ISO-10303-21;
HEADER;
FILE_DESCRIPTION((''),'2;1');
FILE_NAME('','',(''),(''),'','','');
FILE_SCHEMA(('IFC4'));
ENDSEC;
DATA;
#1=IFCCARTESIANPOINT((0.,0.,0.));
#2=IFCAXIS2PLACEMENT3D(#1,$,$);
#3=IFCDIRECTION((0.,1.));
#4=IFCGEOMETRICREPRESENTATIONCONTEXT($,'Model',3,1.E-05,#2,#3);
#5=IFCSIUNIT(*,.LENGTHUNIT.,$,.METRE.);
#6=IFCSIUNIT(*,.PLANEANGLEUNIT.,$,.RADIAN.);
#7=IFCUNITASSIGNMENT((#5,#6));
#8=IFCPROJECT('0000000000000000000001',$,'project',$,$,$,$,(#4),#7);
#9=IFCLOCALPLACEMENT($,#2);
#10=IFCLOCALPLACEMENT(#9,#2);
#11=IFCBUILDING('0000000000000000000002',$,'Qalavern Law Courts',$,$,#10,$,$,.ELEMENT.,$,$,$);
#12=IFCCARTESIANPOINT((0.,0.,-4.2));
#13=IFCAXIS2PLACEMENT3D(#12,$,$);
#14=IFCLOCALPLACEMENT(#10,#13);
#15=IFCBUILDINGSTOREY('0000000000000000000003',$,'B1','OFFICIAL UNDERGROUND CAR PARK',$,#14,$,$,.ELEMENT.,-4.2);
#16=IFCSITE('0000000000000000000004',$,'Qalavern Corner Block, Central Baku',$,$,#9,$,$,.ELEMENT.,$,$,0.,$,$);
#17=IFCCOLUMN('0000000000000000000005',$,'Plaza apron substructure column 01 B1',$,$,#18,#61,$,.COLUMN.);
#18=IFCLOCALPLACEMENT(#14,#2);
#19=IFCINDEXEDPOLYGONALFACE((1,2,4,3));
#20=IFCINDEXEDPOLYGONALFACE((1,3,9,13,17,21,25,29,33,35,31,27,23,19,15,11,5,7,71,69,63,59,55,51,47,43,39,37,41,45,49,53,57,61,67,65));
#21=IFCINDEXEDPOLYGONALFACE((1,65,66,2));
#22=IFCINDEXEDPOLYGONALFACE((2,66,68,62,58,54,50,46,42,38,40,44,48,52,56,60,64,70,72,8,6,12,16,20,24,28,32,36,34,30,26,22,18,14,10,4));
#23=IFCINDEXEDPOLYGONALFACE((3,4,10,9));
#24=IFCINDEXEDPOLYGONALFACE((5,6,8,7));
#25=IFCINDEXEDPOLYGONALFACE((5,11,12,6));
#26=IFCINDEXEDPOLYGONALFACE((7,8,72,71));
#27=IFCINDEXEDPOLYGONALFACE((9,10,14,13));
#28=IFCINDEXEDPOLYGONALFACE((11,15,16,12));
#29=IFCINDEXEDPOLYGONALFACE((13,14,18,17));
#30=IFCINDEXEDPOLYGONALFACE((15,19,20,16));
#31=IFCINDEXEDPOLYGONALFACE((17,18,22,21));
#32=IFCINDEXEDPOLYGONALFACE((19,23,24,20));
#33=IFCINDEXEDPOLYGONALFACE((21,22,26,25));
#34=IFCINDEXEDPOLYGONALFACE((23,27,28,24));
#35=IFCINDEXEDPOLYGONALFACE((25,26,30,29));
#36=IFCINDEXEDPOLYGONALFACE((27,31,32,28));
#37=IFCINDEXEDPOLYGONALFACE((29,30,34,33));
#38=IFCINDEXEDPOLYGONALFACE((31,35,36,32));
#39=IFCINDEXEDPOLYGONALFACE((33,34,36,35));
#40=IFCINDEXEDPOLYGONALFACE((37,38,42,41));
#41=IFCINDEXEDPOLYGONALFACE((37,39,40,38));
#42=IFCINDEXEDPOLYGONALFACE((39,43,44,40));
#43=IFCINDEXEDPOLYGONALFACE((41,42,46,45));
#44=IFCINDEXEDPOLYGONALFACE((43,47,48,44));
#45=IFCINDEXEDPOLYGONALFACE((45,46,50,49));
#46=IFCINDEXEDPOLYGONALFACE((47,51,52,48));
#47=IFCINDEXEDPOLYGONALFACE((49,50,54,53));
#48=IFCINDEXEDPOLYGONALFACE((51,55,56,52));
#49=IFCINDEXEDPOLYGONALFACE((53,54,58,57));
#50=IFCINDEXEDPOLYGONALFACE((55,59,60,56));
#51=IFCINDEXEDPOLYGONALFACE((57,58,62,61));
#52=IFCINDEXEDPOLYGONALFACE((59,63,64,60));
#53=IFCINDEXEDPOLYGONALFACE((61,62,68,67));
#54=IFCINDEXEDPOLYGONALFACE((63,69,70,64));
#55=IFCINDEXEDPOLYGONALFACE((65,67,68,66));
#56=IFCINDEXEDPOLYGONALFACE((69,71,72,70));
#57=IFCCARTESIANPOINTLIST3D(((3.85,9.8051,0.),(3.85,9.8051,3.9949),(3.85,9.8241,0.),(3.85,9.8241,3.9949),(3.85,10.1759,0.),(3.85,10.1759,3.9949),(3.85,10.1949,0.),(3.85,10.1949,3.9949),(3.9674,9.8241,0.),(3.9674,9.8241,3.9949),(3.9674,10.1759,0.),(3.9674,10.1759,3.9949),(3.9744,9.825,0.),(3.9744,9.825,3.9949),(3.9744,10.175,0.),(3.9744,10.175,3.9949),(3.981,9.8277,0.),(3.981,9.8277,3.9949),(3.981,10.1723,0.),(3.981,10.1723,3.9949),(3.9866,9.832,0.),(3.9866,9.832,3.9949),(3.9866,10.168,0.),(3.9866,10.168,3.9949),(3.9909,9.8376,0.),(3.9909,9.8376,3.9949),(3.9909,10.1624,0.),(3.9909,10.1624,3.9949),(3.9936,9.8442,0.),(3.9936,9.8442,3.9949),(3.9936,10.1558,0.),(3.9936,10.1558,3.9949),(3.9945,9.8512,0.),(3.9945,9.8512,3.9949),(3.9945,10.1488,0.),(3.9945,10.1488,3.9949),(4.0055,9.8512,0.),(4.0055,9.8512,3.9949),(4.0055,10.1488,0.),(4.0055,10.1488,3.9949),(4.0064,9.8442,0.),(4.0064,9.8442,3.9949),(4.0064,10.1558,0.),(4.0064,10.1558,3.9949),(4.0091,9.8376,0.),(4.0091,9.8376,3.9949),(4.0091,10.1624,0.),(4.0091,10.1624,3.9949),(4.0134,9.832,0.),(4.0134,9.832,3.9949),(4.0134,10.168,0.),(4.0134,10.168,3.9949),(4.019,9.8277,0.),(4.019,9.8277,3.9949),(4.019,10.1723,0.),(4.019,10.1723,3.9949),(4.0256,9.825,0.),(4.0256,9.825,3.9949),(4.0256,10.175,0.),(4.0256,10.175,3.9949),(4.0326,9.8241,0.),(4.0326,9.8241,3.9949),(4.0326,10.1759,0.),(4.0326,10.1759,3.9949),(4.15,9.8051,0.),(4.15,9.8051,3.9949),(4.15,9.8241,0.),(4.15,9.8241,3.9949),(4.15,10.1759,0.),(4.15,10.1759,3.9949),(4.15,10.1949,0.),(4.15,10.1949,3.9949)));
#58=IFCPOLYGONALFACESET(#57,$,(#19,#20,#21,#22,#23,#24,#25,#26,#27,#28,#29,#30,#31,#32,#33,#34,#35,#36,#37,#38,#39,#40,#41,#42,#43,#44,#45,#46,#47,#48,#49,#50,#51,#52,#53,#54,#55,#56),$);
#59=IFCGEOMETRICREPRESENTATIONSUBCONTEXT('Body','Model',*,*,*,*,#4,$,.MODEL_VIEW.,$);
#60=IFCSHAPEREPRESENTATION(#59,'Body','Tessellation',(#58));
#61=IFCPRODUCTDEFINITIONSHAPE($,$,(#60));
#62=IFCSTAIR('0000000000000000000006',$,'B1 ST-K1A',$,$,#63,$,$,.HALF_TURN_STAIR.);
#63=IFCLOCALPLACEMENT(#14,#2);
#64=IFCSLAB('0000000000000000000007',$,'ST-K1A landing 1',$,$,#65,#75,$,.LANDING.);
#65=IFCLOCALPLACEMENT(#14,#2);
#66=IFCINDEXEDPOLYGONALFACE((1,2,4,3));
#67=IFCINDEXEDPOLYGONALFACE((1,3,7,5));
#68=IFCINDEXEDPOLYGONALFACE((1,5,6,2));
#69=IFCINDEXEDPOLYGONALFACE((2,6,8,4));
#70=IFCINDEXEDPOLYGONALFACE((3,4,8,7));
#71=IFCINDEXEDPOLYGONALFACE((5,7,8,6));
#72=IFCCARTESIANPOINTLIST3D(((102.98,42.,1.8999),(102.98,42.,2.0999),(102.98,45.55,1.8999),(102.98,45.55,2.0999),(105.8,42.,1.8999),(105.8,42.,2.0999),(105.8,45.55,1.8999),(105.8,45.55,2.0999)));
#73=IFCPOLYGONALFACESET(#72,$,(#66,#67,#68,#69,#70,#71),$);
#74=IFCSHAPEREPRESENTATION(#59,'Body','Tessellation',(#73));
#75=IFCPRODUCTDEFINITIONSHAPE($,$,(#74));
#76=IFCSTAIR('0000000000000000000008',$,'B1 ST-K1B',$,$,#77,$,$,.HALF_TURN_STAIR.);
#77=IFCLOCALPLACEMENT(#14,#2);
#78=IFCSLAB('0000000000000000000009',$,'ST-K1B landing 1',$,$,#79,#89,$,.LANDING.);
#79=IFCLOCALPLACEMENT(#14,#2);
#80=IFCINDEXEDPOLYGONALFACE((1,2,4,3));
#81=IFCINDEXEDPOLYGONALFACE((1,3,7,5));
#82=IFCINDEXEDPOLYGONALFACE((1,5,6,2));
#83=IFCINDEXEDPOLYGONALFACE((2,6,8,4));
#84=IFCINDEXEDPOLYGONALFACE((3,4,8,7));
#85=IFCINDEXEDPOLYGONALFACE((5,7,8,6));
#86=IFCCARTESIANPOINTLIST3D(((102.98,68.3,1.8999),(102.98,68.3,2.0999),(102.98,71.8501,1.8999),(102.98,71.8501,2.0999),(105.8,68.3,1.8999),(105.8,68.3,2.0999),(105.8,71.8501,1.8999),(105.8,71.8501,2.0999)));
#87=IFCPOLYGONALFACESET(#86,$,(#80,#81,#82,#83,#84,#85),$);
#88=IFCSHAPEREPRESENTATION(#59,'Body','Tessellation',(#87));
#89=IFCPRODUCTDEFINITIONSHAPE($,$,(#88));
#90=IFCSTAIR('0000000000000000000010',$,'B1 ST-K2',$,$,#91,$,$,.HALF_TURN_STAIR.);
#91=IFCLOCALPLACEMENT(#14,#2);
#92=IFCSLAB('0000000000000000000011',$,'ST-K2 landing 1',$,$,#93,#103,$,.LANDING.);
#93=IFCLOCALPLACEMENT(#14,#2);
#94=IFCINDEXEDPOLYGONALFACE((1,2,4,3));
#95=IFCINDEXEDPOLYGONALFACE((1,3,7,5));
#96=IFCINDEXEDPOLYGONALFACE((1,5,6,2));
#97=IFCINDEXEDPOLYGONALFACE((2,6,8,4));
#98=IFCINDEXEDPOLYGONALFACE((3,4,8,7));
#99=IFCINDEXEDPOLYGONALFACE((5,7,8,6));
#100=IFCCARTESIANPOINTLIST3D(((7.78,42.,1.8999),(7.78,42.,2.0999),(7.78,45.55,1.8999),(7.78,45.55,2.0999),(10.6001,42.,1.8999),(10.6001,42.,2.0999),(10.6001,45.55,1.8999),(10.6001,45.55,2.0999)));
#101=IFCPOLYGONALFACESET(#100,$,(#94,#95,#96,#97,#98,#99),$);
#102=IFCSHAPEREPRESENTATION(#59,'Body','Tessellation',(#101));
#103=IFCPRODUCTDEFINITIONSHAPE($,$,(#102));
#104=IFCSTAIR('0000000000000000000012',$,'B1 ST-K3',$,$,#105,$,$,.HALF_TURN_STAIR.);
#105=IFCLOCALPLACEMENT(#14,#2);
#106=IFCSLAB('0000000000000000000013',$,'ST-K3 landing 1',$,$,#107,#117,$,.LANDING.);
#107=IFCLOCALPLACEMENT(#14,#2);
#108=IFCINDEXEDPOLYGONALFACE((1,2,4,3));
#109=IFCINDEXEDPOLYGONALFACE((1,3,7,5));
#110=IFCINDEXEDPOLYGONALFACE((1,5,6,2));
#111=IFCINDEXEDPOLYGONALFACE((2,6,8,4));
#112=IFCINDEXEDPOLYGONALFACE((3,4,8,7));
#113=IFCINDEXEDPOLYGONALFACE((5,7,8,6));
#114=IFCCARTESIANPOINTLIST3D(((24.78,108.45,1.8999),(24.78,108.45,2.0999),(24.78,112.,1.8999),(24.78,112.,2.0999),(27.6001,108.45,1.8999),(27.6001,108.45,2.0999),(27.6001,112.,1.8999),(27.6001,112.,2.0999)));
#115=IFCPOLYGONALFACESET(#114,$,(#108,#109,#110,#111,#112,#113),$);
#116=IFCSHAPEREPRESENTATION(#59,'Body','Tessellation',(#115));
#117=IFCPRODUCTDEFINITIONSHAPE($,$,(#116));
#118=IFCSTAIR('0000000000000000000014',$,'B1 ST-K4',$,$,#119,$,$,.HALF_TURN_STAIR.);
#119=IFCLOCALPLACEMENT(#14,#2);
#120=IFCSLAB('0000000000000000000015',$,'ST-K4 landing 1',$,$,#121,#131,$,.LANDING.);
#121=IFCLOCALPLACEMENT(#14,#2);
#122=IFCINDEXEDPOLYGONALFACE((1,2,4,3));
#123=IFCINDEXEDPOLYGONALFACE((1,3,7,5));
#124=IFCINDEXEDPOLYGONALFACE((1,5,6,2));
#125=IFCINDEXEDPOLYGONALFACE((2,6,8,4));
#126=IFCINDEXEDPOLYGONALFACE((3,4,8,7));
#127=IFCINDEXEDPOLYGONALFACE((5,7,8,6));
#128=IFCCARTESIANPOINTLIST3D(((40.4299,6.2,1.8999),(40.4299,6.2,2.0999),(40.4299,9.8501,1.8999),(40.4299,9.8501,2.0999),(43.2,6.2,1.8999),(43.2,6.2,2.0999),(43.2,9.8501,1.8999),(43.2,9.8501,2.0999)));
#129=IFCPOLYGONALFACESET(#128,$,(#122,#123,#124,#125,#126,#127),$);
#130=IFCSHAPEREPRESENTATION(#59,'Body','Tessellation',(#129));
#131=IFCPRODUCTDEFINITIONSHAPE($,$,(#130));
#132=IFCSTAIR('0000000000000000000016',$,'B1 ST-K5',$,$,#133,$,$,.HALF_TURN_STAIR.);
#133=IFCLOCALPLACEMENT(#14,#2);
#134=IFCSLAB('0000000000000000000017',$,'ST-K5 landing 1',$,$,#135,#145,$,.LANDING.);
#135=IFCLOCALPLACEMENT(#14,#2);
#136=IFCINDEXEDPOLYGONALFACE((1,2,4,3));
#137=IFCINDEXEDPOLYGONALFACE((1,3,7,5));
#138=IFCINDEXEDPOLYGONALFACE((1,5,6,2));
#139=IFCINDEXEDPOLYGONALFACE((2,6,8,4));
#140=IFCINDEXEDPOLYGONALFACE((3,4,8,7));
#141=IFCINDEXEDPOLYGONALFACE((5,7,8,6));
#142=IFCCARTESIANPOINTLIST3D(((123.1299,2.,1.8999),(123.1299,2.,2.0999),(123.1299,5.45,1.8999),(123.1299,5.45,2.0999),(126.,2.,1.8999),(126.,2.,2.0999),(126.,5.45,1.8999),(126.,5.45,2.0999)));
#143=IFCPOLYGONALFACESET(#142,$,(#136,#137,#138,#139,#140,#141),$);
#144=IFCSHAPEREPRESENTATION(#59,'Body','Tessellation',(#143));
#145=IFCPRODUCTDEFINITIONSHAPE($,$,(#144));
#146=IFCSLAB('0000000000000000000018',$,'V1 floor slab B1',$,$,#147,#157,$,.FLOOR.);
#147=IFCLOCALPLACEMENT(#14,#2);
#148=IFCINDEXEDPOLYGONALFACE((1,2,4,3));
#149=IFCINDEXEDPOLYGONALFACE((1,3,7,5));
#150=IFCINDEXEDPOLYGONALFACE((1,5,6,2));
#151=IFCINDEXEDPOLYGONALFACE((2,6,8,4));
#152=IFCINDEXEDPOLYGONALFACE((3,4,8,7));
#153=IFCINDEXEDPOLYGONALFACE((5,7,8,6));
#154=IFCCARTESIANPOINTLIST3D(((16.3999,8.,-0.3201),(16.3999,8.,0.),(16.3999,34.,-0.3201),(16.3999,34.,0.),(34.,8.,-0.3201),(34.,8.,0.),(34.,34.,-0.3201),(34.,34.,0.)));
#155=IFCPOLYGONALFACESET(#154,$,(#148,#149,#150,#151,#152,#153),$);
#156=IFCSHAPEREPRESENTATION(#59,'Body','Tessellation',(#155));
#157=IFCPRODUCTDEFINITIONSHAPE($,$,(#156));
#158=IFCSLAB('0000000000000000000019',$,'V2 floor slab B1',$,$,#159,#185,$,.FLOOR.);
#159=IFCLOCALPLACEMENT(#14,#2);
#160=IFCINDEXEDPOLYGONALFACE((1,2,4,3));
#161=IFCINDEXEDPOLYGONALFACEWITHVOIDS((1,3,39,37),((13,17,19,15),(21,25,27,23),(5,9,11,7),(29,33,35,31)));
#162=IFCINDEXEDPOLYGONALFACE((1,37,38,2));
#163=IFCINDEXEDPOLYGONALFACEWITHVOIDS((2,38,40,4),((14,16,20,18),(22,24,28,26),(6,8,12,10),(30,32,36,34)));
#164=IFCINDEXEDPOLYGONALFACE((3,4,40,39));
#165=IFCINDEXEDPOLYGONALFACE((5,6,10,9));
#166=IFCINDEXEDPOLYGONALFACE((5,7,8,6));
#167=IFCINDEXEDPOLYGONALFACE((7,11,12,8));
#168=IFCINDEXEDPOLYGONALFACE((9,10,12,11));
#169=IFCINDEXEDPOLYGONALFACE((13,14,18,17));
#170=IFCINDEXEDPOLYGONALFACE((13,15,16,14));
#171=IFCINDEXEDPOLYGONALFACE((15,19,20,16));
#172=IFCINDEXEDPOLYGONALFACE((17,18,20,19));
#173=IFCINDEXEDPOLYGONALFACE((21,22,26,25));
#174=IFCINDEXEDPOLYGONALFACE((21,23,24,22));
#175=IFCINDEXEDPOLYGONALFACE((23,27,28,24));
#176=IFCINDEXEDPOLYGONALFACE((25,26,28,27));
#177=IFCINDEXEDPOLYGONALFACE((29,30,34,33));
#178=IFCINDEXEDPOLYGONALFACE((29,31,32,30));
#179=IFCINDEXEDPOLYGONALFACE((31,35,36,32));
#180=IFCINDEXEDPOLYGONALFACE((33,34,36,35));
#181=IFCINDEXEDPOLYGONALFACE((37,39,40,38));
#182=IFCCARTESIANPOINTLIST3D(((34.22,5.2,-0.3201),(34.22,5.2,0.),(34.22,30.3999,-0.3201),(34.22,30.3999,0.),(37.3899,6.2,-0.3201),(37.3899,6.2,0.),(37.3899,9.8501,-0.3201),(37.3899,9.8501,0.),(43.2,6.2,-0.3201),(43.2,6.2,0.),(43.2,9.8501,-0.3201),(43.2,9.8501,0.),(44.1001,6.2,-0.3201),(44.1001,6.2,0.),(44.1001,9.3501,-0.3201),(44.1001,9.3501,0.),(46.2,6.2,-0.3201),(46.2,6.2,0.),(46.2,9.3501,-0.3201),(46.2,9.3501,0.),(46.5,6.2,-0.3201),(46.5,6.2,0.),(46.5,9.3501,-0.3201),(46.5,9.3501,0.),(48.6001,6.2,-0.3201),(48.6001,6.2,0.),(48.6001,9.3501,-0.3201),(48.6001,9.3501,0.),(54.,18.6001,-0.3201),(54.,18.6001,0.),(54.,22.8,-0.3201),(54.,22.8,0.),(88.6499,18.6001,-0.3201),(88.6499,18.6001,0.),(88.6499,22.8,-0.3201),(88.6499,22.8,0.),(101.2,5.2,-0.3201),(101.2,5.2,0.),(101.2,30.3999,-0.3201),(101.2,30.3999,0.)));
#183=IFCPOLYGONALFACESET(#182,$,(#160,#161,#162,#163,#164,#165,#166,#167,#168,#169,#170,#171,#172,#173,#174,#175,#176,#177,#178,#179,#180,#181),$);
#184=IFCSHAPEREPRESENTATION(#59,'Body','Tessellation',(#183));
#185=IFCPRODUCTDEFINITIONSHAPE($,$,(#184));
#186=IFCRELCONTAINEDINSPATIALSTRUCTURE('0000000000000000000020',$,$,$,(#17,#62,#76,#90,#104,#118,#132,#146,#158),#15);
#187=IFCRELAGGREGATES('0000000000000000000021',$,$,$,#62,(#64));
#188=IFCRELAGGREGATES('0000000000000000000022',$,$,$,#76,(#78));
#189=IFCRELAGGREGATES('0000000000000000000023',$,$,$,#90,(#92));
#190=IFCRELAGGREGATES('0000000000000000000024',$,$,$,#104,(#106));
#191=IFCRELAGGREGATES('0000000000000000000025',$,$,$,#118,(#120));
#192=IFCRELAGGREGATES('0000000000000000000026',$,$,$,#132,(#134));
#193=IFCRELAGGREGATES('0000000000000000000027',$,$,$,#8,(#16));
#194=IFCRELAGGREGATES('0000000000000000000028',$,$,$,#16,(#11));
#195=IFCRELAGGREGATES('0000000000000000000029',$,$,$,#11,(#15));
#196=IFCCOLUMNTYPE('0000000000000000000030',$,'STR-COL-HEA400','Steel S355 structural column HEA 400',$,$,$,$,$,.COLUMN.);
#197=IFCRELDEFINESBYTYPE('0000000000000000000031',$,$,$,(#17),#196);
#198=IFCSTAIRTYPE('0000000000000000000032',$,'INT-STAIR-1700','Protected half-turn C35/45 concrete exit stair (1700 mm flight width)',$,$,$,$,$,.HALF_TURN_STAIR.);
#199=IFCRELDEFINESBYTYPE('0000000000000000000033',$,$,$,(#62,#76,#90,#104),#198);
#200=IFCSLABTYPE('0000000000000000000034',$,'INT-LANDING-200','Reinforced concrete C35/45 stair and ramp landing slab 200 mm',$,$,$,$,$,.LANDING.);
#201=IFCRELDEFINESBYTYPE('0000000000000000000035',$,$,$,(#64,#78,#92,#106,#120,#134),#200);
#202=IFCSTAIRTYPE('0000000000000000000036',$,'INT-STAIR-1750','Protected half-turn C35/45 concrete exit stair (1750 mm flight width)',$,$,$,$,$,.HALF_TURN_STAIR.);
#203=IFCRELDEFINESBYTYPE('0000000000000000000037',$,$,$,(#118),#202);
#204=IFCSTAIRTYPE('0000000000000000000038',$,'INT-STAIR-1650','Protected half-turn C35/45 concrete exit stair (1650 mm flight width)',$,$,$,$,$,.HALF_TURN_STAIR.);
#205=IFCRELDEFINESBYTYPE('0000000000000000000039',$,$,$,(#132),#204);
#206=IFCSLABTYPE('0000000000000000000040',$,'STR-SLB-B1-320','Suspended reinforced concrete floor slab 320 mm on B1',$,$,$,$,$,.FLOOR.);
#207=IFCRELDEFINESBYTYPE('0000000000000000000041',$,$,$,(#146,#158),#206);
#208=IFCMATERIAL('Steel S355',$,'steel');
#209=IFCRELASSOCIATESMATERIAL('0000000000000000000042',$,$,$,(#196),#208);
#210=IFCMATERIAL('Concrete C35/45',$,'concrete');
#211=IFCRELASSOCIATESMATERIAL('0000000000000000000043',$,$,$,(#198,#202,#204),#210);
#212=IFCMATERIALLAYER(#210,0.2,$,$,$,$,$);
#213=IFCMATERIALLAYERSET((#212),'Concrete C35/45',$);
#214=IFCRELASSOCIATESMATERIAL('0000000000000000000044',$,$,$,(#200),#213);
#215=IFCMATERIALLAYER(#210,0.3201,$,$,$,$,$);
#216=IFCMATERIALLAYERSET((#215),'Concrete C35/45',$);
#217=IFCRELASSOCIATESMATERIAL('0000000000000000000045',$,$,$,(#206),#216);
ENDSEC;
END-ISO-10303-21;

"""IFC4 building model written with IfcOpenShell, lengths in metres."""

from ifc_helpers import new_model, si_unit, direction, frame, origin, origin_2d, place, context, subcontext, project, spatial, polyline, i_section, outline, extrude, material, layer, layer_set, material_profile, profile_set, type_object, element, aggregate, save


model = new_model("IFC4")

# Units and contexts
model_context = context("Model", 3, precision=1e-05, world=origin(), true_north=direction((0.0, 1.0)))
body_context = subcontext(model_context, "Body", "Model", "MODEL_VIEW")
ifc_project = project(units=[si_unit("LENGTHUNIT", "METRE"), si_unit("PLANEANGLEUNIT", "RADIAN")], contexts=[model_context])

# Site, building, storey
site_placement = place(None, origin())
site = spatial("IfcSite", under=ifc_project, at=site_placement, Name="Qalavern Corner Block, Central Baku", CompositionType="ELEMENT", RefElevation=0.0)
building_placement = place(site_placement, origin())
building = spatial("IfcBuilding", under=site, at=building_placement, Name="Qalavern Law Courts", CompositionType="ELEMENT")
storey_placement = place(building_placement, frame((0.0, 0.0, -4.2)))
storey = spatial("IfcBuildingStorey", under=building, at=storey_placement, Name="B1", Description="OFFICIAL UNDERGROUND CAR PARK", CompositionType="ELEMENT", Elevation=-4.2)

# Column
ifc_material_1 = material(Name="Steel S355", Category="steel")
ifc_material_profile = material_profile(ifc_material_1, i_section(OverallWidth=0.3, OverallDepth=0.3899, WebThickness=0.011, FlangeThickness=0.019, FilletRadius=0.0271, at=origin_2d()), Name="HEA 400")
ifc_profile_set = profile_set([ifc_material_profile], Name="Steel S355")
column_type = type_object("IfcColumnType", Name="STR-COL-HEA400", Description="Steel S355 structural column HEA 400", PredefinedType="COLUMN", material=ifc_profile_set)
column_placement = place(storey_placement, frame((4.0, 10.0, 0.0), z_axis=(0.0, 0.0, 1.0), x_axis=(1.0, 0.0, 0.0)))
element("IfcColumn", 1, at=column_placement, inside=storey, type_object=column_type, Name="Plaza apron substructure column 01 B1", PredefinedType="COLUMN", context=body_context, shape_type="SweptSolid", body=[
    extrude(i_section(OverallWidth=0.3, OverallDepth=0.3899, WebThickness=0.011, FlangeThickness=0.019, FilletRadius=0.0271, at=origin_2d()), origin(), (0.0, 0.0, 1.0), 3.9949),
])

# Stairs, slabs
ifc_material_2 = material(Name="Concrete C35/45", Category="concrete")
stair_type_1 = type_object("IfcStairType", Name="INT-STAIR-1700", Description="Protected half-turn C35/45 concrete exit stair (1700 mm flight width)", PredefinedType="HALF_TURN_STAIR", material=ifc_material_2)
stair_1_placement = place(storey_placement, origin())
stair_1 = element("IfcStair", 2, at=stair_1_placement, inside=storey, type_object=stair_type_1, Name="B1 ST-K1A", PredefinedType="HALF_TURN_STAIR")
ifc_layer_1 = layer(ifc_material_2, 0.2)
ifc_layer_set_1 = layer_set([ifc_layer_1], Name="Concrete C35/45")
slab_type_1 = type_object("IfcSlabType", Name="INT-LANDING-200", Description="Reinforced concrete C35/45 stair and ramp landing slab 200 mm", PredefinedType="LANDING", material=ifc_layer_set_1)
slab_1_placement = place(storey_placement, frame((0.0, 0.0, 1.8999)))
slab_1 = element("IfcSlab", 3, at=slab_1_placement, type_object=slab_type_1, Name="ST-K1A landing 1", PredefinedType="LANDING", context=body_context, shape_type="SweptSolid", body=[
    extrude(outline(polyline([(102.98, 42.0), (105.8, 42.0), (105.8, 45.55), (102.98, 45.55), (102.98, 42.0)])), origin(), (0.0, 0.0, 1.0), 0.2),
])
aggregate(stair_1, [slab_1])
stair_2_placement = place(storey_placement, origin())
stair_2 = element("IfcStair", 4, at=stair_2_placement, inside=storey, type_object=stair_type_1, Name="B1 ST-K1B", PredefinedType="HALF_TURN_STAIR")
slab_2_placement = place(storey_placement, frame((0.0, 0.0, 1.8999)))
slab_2 = element("IfcSlab", 5, at=slab_2_placement, type_object=slab_type_1, Name="ST-K1B landing 1", PredefinedType="LANDING", context=body_context, shape_type="SweptSolid", body=[
    extrude(outline(polyline([(102.98, 68.3), (105.8, 68.3), (105.8, 71.8501), (102.98, 71.8501), (102.98, 68.3)])), origin(), (0.0, 0.0, 1.0), 0.2),
])
aggregate(stair_2, [slab_2])
stair_3_placement = place(storey_placement, origin())
stair_3 = element("IfcStair", 6, at=stair_3_placement, inside=storey, type_object=stair_type_1, Name="B1 ST-K2", PredefinedType="HALF_TURN_STAIR")
slab_3_placement = place(storey_placement, frame((0.0, 0.0, 1.8999)))
slab_3 = element("IfcSlab", 7, at=slab_3_placement, type_object=slab_type_1, Name="ST-K2 landing 1", PredefinedType="LANDING", context=body_context, shape_type="SweptSolid", body=[
    extrude(outline(polyline([(7.78, 42.0), (10.6001, 42.0), (10.6001, 45.55), (7.78, 45.55), (7.78, 42.0)])), origin(), (0.0, 0.0, 1.0), 0.2),
])
aggregate(stair_3, [slab_3])
stair_4_placement = place(storey_placement, origin())
stair_4 = element("IfcStair", 8, at=stair_4_placement, inside=storey, type_object=stair_type_1, Name="B1 ST-K3", PredefinedType="HALF_TURN_STAIR")
slab_4_placement = place(storey_placement, frame((0.0, 0.0, 1.8999)))
slab_4 = element("IfcSlab", 9, at=slab_4_placement, type_object=slab_type_1, Name="ST-K3 landing 1", PredefinedType="LANDING", context=body_context, shape_type="SweptSolid", body=[
    extrude(outline(polyline([(24.78, 108.45), (27.6001, 108.45), (27.6001, 112.0), (24.78, 112.0), (24.78, 108.45)])), origin(), (0.0, 0.0, 1.0), 0.2),
])
aggregate(stair_4, [slab_4])
stair_type_2 = type_object("IfcStairType", Name="INT-STAIR-1750", Description="Protected half-turn C35/45 concrete exit stair (1750 mm flight width)", PredefinedType="HALF_TURN_STAIR", material=ifc_material_2)
stair_5_placement = place(storey_placement, origin())
stair_5 = element("IfcStair", 10, at=stair_5_placement, inside=storey, type_object=stair_type_2, Name="B1 ST-K4", PredefinedType="HALF_TURN_STAIR")
slab_5_placement = place(storey_placement, frame((0.0, 0.0, 1.8999)))
slab_5 = element("IfcSlab", 11, at=slab_5_placement, type_object=slab_type_1, Name="ST-K4 landing 1", PredefinedType="LANDING", context=body_context, shape_type="SweptSolid", body=[
    extrude(outline(polyline([(40.4299, 6.2), (43.2, 6.2), (43.2, 9.8501), (40.4299, 9.8501), (40.4299, 6.2)])), origin(), (0.0, 0.0, 1.0), 0.2),
])
aggregate(stair_5, [slab_5])
stair_type_3 = type_object("IfcStairType", Name="INT-STAIR-1650", Description="Protected half-turn C35/45 concrete exit stair (1650 mm flight width)", PredefinedType="HALF_TURN_STAIR", material=ifc_material_2)
stair_6_placement = place(storey_placement, origin())
stair_6 = element("IfcStair", 12, at=stair_6_placement, inside=storey, type_object=stair_type_3, Name="B1 ST-K5", PredefinedType="HALF_TURN_STAIR")
slab_6_placement = place(storey_placement, frame((0.0, 0.0, 1.8999)))
slab_6 = element("IfcSlab", 13, at=slab_6_placement, type_object=slab_type_1, Name="ST-K5 landing 1", PredefinedType="LANDING", context=body_context, shape_type="SweptSolid", body=[
    extrude(outline(polyline([(123.1299, 2.0), (126.0, 2.0), (126.0, 5.45), (123.1299, 5.45), (123.1299, 2.0)])), origin(), (0.0, 0.0, 1.0), 0.2),
])
aggregate(stair_6, [slab_6])

# Slabs
ifc_layer_2 = layer(ifc_material_2, 0.3201)
ifc_layer_set_2 = layer_set([ifc_layer_2], Name="Concrete C35/45")
slab_type_2 = type_object("IfcSlabType", Name="STR-SLB-B1-320", Description="Suspended reinforced concrete floor slab 320 mm on B1", PredefinedType="FLOOR", material=ifc_layer_set_2)
slab_7_placement = place(storey_placement, frame((0.0, 0.0, -0.3201)))
element("IfcSlab", 14, at=slab_7_placement, inside=storey, type_object=slab_type_2, Name="V1 floor slab B1", PredefinedType="FLOOR", context=body_context, shape_type="SweptSolid", body=[
    extrude(outline(polyline([(16.3999, 8.0), (34.0, 8.0), (34.0, 34.0), (16.3999, 34.0), (16.3999, 8.0)])), origin(), (0.0, 0.0, 1.0), 0.3201),
])
slab_8_placement = place(storey_placement, frame((0.0, 0.0, -0.3201)))
element("IfcSlab", 15, at=slab_8_placement, inside=storey, type_object=slab_type_2, Name="V2 floor slab B1", PredefinedType="FLOOR", context=body_context, shape_type="SweptSolid", body=[
    extrude(outline(polyline([(34.22, 5.2), (101.2, 5.2), (101.2, 30.3999), (34.22, 30.3999), (34.22, 5.2)]), holes=[polyline([(37.3899, 6.2), (43.2, 6.2), (43.2, 9.8501), (37.3899, 9.8501), (37.3899, 6.2)]), polyline([(44.1001, 6.2), (46.2, 6.2), (46.2, 9.3501), (44.1001, 9.3501), (44.1001, 6.2)]), polyline([(46.5, 6.2), (48.6001, 6.2), (48.6001, 9.3501), (46.5, 9.3501), (46.5, 6.2)]), polyline([(54.0, 18.6001), (88.6499, 18.6001), (88.6499, 22.8), (54.0, 22.8), (54.0, 18.6001)])]), origin(), (0.0, 0.0, 1.0), 0.3201),
])

save(model, "model.ifc")
